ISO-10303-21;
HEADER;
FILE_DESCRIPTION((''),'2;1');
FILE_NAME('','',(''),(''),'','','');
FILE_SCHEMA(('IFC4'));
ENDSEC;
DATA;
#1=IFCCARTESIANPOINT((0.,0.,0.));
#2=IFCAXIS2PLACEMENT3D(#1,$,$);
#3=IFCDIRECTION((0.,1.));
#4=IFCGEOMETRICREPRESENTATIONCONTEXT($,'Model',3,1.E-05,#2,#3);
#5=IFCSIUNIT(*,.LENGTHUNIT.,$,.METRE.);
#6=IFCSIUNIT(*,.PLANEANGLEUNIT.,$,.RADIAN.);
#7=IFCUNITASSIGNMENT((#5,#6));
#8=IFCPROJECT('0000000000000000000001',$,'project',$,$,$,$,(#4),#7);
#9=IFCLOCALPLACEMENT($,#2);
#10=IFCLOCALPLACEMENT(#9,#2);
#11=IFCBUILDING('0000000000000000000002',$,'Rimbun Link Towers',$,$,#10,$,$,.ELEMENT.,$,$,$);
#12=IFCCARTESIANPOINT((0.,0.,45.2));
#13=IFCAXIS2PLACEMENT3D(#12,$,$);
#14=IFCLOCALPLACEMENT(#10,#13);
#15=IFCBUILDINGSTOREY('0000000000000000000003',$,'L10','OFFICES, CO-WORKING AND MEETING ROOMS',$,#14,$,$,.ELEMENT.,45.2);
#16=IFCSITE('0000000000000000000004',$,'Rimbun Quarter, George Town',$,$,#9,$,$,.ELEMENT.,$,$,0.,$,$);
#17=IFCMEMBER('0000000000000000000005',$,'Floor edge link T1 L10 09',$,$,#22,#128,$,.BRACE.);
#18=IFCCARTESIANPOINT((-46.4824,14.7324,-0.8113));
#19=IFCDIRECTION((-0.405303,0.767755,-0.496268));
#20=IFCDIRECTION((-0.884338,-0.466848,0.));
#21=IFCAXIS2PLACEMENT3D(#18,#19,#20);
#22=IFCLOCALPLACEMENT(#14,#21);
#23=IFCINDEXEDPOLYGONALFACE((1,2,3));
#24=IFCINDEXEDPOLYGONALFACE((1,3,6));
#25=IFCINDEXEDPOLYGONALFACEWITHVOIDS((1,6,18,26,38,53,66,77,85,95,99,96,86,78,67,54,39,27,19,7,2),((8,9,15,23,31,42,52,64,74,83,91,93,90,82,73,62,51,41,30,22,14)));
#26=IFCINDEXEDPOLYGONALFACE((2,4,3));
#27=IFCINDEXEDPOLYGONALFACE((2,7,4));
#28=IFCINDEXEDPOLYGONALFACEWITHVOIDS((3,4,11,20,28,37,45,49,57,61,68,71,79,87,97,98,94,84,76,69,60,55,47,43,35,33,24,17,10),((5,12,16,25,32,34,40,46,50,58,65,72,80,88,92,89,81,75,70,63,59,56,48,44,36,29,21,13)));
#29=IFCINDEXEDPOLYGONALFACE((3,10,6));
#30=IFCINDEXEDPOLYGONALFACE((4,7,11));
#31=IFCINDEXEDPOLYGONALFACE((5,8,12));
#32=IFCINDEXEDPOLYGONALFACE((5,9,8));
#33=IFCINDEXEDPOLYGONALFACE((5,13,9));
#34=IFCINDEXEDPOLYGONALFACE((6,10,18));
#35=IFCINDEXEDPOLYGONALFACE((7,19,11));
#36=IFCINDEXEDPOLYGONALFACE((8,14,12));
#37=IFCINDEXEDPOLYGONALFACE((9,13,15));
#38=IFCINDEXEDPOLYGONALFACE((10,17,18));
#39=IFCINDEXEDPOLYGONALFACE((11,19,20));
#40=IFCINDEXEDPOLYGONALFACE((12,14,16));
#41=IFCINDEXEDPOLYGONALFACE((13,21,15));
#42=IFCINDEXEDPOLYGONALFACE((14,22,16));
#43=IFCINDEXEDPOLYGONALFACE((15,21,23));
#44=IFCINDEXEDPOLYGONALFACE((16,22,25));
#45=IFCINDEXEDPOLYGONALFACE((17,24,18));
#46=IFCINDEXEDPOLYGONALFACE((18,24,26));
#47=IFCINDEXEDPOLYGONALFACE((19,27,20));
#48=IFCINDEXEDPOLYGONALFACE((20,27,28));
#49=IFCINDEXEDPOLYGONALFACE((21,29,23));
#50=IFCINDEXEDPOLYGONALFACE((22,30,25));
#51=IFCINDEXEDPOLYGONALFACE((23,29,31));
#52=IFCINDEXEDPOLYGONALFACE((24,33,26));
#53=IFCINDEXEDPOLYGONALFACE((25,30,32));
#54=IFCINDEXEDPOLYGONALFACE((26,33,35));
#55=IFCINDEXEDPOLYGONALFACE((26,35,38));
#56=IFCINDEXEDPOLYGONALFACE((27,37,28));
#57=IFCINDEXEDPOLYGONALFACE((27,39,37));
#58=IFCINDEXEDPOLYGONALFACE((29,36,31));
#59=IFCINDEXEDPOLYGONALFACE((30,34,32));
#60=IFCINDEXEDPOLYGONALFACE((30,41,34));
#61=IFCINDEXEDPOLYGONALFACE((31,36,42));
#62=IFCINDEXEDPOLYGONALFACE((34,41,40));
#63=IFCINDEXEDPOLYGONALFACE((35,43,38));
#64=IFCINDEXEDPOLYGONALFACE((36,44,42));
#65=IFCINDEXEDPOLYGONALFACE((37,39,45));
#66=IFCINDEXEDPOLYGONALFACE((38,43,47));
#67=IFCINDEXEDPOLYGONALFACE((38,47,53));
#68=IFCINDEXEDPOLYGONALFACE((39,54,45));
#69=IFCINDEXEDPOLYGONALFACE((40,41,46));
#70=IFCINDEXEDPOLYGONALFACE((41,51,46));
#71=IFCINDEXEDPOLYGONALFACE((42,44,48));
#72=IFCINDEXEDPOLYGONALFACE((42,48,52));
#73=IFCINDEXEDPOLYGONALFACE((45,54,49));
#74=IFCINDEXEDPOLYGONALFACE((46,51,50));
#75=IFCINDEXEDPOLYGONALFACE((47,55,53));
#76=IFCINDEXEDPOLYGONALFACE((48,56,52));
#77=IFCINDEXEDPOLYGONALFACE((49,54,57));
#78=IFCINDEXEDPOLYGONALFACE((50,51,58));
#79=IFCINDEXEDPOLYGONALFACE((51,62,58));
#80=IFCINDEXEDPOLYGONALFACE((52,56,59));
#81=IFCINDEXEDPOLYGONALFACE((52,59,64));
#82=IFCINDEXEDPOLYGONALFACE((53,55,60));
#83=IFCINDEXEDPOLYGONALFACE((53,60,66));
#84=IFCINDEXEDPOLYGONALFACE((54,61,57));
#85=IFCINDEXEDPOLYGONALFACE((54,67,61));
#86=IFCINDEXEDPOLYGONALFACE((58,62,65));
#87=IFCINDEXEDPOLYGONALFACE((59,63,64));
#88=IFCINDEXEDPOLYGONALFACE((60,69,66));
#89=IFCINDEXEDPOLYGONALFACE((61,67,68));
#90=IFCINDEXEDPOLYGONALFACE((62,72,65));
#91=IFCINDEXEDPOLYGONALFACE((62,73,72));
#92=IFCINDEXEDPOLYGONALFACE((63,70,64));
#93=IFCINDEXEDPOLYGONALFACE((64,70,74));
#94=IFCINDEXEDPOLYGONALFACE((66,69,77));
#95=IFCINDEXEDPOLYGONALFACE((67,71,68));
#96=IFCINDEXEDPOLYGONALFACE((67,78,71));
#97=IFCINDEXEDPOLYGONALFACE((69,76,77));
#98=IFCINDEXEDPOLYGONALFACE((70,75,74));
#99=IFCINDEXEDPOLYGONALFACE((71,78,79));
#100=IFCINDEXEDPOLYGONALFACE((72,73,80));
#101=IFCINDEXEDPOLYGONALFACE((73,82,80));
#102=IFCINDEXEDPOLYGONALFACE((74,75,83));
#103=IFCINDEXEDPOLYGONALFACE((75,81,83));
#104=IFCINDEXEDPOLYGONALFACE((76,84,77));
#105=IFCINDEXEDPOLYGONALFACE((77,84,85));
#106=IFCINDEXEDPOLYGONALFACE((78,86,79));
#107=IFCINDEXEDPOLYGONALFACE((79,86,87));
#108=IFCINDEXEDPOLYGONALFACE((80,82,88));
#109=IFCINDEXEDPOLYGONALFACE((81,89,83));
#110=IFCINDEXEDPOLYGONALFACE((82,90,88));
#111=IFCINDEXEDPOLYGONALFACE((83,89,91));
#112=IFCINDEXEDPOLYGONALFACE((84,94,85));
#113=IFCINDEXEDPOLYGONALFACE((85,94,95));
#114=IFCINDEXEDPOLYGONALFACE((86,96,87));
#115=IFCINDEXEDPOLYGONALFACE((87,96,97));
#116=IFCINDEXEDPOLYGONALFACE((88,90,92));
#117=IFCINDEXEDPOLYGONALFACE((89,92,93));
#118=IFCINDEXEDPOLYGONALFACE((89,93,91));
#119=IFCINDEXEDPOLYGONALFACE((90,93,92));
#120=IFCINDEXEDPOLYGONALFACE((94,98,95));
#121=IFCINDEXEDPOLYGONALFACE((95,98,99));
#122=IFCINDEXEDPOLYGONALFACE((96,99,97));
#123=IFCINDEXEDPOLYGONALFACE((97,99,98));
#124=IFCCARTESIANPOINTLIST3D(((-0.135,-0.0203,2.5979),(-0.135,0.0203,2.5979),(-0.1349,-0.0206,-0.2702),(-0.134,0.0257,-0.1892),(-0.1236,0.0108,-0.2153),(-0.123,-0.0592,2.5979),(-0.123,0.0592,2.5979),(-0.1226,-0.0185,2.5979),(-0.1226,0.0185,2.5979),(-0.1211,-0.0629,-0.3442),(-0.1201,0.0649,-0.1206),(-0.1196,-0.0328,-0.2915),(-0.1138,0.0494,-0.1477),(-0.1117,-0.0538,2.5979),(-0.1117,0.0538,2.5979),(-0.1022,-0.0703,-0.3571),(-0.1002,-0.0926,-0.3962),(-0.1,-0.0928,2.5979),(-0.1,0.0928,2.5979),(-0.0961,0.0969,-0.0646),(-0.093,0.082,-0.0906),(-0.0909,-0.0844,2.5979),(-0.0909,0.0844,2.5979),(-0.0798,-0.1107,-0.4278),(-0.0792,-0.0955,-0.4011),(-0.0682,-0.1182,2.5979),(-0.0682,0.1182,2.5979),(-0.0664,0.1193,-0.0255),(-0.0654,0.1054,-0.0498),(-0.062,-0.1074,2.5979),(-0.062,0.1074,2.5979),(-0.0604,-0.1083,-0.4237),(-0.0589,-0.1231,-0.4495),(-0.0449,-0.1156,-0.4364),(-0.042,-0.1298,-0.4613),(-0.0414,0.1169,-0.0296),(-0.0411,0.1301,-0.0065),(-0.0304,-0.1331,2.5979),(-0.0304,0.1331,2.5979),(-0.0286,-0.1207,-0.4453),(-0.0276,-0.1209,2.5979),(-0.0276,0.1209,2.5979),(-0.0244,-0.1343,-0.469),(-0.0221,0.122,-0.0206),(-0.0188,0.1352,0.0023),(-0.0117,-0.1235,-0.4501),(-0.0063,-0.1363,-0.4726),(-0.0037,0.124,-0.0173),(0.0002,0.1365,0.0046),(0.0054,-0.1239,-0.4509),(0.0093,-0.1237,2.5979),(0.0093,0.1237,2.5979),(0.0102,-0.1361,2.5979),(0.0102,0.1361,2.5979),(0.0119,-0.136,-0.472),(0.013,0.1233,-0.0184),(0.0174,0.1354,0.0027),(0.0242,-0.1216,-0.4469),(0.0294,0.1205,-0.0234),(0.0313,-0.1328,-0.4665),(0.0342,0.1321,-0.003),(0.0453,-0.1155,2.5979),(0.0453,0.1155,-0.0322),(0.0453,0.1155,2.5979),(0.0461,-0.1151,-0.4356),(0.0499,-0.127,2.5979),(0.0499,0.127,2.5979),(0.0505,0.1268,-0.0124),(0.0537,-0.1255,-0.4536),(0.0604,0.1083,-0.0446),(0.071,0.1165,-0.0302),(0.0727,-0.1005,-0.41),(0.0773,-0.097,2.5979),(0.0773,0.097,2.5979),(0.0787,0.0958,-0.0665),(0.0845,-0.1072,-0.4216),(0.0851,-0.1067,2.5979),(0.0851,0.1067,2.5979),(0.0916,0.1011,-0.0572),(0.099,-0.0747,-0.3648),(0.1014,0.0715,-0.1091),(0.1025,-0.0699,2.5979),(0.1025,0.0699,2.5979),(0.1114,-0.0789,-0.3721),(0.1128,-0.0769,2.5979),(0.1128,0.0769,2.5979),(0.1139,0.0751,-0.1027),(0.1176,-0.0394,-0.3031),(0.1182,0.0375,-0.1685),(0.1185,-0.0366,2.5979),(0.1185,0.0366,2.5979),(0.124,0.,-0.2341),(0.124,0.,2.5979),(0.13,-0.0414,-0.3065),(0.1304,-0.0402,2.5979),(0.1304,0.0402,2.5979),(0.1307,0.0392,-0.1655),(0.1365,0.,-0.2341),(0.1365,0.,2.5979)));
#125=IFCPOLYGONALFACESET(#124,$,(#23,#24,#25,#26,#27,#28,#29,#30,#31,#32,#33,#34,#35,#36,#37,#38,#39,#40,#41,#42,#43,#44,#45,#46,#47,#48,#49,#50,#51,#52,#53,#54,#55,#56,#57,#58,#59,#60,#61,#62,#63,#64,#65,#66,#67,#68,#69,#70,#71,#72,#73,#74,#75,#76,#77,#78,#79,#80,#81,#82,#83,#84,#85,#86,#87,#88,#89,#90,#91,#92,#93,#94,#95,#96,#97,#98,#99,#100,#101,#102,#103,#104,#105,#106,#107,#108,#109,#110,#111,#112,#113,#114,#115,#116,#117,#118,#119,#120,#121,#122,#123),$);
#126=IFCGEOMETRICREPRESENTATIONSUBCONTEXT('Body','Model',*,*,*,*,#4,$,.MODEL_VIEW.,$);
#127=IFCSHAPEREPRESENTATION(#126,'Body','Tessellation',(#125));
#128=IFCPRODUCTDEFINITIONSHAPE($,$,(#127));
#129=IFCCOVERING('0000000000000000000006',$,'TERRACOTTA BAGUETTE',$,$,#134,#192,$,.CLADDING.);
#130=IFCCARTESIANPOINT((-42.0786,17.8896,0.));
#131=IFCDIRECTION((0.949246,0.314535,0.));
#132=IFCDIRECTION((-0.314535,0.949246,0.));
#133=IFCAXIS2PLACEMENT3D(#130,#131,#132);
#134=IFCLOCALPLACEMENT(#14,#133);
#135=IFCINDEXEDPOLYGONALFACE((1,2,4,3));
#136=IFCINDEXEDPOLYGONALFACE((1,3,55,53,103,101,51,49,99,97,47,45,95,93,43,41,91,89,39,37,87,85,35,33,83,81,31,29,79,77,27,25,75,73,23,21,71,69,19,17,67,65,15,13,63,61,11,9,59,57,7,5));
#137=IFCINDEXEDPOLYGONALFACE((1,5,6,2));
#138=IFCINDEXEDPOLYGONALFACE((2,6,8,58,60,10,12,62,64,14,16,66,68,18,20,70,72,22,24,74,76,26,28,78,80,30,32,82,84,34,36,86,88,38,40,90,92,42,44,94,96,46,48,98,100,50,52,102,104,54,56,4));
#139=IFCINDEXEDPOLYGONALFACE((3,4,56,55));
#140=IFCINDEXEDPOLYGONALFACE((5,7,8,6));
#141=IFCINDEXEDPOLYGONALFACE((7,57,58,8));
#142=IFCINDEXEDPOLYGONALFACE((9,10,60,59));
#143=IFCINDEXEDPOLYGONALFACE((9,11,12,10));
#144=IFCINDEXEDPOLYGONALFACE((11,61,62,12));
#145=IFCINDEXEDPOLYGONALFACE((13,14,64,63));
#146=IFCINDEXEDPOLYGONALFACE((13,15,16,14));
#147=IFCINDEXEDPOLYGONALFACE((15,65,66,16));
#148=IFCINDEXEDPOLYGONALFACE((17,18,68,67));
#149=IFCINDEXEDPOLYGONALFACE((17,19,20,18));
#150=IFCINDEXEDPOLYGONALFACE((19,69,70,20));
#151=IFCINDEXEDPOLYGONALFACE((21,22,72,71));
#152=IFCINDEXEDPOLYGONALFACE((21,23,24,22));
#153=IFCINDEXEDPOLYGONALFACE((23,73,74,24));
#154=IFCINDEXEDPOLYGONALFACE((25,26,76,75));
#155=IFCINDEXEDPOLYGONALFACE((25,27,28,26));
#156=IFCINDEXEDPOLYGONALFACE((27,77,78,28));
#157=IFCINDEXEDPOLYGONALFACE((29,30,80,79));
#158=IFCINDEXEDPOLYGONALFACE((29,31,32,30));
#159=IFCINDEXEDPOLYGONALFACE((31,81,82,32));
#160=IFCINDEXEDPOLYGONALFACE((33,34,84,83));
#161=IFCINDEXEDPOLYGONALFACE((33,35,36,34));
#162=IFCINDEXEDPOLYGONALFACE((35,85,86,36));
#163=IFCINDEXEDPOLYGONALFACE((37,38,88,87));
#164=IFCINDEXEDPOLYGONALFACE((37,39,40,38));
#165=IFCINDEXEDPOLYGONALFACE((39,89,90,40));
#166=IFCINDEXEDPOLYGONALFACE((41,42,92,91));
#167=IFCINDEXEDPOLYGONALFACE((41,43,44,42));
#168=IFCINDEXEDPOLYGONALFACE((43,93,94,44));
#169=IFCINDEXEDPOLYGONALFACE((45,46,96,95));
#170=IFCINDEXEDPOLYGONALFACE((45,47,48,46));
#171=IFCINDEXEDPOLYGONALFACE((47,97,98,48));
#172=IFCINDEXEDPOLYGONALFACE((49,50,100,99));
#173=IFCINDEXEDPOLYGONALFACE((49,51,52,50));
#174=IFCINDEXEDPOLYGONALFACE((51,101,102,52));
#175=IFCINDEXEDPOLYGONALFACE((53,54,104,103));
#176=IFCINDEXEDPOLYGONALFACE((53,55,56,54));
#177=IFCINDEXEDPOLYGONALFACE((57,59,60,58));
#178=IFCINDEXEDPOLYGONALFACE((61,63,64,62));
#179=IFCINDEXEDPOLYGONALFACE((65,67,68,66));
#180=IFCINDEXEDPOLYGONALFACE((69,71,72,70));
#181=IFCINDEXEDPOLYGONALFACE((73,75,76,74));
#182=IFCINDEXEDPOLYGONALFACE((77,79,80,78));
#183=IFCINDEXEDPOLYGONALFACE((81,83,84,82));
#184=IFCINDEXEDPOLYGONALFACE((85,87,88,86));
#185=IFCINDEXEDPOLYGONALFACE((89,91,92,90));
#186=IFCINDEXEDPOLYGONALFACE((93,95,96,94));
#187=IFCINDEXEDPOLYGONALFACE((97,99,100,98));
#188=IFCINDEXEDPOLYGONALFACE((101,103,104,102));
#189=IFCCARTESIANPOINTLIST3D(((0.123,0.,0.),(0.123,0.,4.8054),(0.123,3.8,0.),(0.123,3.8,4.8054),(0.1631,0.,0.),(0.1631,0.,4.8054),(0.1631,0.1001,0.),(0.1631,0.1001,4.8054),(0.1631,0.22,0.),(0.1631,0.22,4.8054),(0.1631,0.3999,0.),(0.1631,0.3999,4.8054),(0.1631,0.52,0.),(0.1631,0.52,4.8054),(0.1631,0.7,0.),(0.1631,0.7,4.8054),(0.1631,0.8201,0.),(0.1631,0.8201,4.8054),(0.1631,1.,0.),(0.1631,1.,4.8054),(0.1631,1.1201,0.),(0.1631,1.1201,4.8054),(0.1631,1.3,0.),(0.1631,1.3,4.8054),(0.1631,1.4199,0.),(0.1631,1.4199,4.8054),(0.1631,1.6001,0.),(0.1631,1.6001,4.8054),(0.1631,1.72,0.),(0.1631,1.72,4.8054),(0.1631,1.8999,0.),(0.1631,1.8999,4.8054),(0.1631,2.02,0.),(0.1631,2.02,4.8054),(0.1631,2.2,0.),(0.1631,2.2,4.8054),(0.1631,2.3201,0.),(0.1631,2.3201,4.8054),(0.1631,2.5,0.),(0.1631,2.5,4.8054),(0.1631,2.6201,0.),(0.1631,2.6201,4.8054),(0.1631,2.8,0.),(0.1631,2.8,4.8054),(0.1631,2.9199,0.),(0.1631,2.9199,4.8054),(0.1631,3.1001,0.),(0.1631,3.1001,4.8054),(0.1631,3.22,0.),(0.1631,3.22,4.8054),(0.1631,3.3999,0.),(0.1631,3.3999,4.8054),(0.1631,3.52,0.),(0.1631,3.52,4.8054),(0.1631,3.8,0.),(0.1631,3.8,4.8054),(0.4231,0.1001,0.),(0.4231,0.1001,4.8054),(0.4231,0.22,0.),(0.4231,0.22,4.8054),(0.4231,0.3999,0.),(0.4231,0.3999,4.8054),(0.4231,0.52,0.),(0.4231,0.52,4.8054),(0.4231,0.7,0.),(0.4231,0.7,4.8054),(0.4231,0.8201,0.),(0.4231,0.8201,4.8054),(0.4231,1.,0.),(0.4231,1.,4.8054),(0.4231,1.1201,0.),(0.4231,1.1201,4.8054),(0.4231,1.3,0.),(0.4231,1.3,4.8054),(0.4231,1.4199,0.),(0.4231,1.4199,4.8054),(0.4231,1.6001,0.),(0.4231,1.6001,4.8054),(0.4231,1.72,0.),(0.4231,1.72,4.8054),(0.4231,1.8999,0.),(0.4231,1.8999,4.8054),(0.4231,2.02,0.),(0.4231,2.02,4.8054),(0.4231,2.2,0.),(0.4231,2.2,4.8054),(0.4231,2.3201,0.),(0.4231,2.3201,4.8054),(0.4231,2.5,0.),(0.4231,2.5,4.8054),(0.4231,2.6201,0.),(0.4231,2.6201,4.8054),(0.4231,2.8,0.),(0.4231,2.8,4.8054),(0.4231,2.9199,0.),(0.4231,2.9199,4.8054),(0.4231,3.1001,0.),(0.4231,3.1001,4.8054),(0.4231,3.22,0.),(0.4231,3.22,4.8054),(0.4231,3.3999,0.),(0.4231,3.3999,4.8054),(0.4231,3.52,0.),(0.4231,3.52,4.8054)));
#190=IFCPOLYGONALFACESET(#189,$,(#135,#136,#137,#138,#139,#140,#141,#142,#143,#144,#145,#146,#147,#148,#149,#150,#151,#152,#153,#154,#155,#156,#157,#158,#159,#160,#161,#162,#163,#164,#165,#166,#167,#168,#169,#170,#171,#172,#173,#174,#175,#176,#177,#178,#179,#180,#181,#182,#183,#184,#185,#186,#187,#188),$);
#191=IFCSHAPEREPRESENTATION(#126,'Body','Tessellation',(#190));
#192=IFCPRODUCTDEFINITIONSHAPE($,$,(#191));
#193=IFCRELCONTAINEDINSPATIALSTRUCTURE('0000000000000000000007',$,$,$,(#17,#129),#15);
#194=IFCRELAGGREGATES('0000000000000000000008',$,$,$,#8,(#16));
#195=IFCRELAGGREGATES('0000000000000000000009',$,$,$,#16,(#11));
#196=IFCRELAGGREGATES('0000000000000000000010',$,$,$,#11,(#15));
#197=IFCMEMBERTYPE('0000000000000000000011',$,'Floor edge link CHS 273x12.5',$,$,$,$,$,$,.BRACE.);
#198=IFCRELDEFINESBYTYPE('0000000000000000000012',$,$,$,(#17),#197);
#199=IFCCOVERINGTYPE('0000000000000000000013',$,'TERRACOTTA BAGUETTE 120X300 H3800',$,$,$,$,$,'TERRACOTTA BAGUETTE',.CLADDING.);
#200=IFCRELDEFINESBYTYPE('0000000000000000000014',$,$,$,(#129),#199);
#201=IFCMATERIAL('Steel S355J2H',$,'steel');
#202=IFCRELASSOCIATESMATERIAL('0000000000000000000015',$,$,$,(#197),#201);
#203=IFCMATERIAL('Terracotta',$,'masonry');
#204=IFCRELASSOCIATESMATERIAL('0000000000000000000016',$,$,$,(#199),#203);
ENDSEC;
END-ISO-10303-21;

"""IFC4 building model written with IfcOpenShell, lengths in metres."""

from ifc_helpers import new_model, si_unit, direction, frame, origin, origin_2d, place, context, subcontext, project, spatial, polyline, hollow_circle, outline, extrude, clip, halfspace, material, material_profile, profile_set, type_object, element, save


model = new_model("IFC4")

# Units and contexts
model_context = context("Model", 3, precision=1e-05, world=origin(), true_north=direction((0.0, 1.0)))
body_context = subcontext(model_context, "Body", "Model", "MODEL_VIEW")
ifc_project = project(units=[si_unit("LENGTHUNIT", "METRE"), si_unit("PLANEANGLEUNIT", "RADIAN")], contexts=[model_context])

# Site, building, storey
site_placement = place(None, origin())
site = spatial("IfcSite", under=ifc_project, at=site_placement, Name="Rimbun Quarter, George Town", CompositionType="ELEMENT", RefElevation=0.0)
building_placement = place(site_placement, origin())
building = spatial("IfcBuilding", under=site, at=building_placement, Name="Rimbun Link Towers", CompositionType="ELEMENT")
storey_placement = place(building_placement, frame((0.0, 0.0, 45.2)))
storey = spatial("IfcBuildingStorey", under=building, at=storey_placement, Name="L10", Description="OFFICES, CO-WORKING AND MEETING ROOMS", CompositionType="ELEMENT", Elevation=45.2)

# Member
ifc_material_1 = material(Name="Steel S355J2H", Category="steel")
ifc_material_profile_1 = material_profile(ifc_material_1, hollow_circle(Radius=0.1365, WallThickness=0.0125, at=origin_2d()), Name="CHS 273x12.5")
ifc_profile_set_1 = profile_set([ifc_material_profile_1], Name="Steel S355J2H")
member_type_1 = type_object("IfcMemberType", Name="Floor edge link CHS 273x12.5", PredefinedType="BRACE", material=ifc_profile_set_1)
member_1_placement = place(storey_placement, frame((-46.4824, 14.7324, -0.8113), z_axis=(-0.405303, 0.767755, -0.496268), x_axis=(-0.884338, -0.466848, 0.0)))
element("IfcMember", 1, at=member_1_placement, inside=storey, type_object=member_type_1, Name="Floor edge link T1 L10 09", PredefinedType="BRACE", context=body_context, shape_type="Clipping", body=[
    clip(extrude(hollow_circle(Radius=0.1365, WallThickness=0.0125, at=origin_2d()), frame((0.0, 0.0, -0.4978)), (0.0, 0.0, 1.0), 3.0957), halfspace(frame((0.0, 0.0, -0.2341), z_axis=(0.0, 0.868169, -0.496268)), False)),
])

# Covering
ifc_material_2 = material(Name="Terracotta", Category="masonry")
ifc_material_profile_2 = material_profile(ifc_material_2, outline(polyline([(0.123, 0.0), (0.1631, 0.0), (0.1631, 0.1001), (0.4231, 0.1001), (0.4231, 0.22), (0.1631, 0.22), (0.1631, 0.3999), (0.4231, 0.3999), (0.4231, 0.52), (0.1631, 0.52), (0.1631, 0.7), (0.4231, 0.7), (0.4231, 0.8201), (0.1631, 0.8201), (0.1631, 1.0), (0.4231, 1.0), (0.4231, 1.1201), (0.1631, 1.1201), (0.1631, 1.3), (0.4231, 1.3), (0.4231, 1.4199), (0.1631, 1.4199), (0.1631, 1.6001), (0.4231, 1.6001), (0.4231, 1.72), (0.1631, 1.72), (0.1631, 1.8999), (0.4231, 1.8999), (0.4231, 2.02), (0.1631, 2.02), (0.1631, 2.2), (0.4231, 2.2), (0.4231, 2.3201), (0.1631, 2.3201), (0.1631, 2.5), (0.4231, 2.5), (0.4231, 2.6201), (0.1631, 2.6201), (0.1631, 2.8), (0.4231, 2.8), (0.4231, 2.9199), (0.1631, 2.9199), (0.1631, 3.1001), (0.4231, 3.1001), (0.4231, 3.22), (0.1631, 3.22), (0.1631, 3.3999), (0.4231, 3.3999), (0.4231, 3.52), (0.1631, 3.52), (0.1631, 3.8), (0.123, 3.8), (0.123, 0.0)])), Name="BAGUETTE 120X300")
ifc_profile_set_2 = profile_set([ifc_material_profile_2], Name="Terracotta")
covering_type = type_object("IfcCoveringType", Name="TERRACOTTA BAGUETTE 120X300 H3800", ElementType="TERRACOTTA BAGUETTE", PredefinedType="CLADDING", material=ifc_profile_set_2)
covering_1_placement = place(storey_placement, frame((-42.0786, 17.8896, 0.0), z_axis=(0.949246, 0.314535, 0.0), x_axis=(-0.314535, 0.949246, 0.0)))
element("IfcCovering", 2, at=covering_1_placement, inside=storey, type_object=covering_type, Name="TERRACOTTA BAGUETTE", PredefinedType="CLADDING", context=body_context, shape_type="SweptSolid", body=[
    extrude(outline(polyline([(0.123, 0.0), (0.1631, 0.0), (0.1631, 0.1001), (0.4231, 0.1001), (0.4231, 0.22), (0.1631, 0.22), (0.1631, 0.3999), (0.4231, 0.3999), (0.4231, 0.52), (0.1631, 0.52), (0.1631, 0.7), (0.4231, 0.7), (0.4231, 0.8201), (0.1631, 0.8201), (0.1631, 1.0), (0.4231, 1.0), (0.4231, 1.1201), (0.1631, 1.1201), (0.1631, 1.3), (0.4231, 1.3), (0.4231, 1.4199), (0.1631, 1.4199), (0.1631, 1.6001), (0.4231, 1.6001), (0.4231, 1.72), (0.1631, 1.72), (0.1631, 1.8999), (0.4231, 1.8999), (0.4231, 2.02), (0.1631, 2.02), (0.1631, 2.2), (0.4231, 2.2), (0.4231, 2.3201), (0.1631, 2.3201), (0.1631, 2.5), (0.4231, 2.5), (0.4231, 2.6201), (0.1631, 2.6201), (0.1631, 2.8), (0.4231, 2.8), (0.4231, 2.9199), (0.1631, 2.9199), (0.1631, 3.1001), (0.4231, 3.1001), (0.4231, 3.22), (0.1631, 3.22), (0.1631, 3.3999), (0.4231, 3.3999), (0.4231, 3.52), (0.1631, 3.52), (0.1631, 3.8), (0.123, 3.8), (0.123, 0.0)])), origin(), (0.0, 0.0, 1.0), 4.8054),
])

save(model, "model.ifc")
